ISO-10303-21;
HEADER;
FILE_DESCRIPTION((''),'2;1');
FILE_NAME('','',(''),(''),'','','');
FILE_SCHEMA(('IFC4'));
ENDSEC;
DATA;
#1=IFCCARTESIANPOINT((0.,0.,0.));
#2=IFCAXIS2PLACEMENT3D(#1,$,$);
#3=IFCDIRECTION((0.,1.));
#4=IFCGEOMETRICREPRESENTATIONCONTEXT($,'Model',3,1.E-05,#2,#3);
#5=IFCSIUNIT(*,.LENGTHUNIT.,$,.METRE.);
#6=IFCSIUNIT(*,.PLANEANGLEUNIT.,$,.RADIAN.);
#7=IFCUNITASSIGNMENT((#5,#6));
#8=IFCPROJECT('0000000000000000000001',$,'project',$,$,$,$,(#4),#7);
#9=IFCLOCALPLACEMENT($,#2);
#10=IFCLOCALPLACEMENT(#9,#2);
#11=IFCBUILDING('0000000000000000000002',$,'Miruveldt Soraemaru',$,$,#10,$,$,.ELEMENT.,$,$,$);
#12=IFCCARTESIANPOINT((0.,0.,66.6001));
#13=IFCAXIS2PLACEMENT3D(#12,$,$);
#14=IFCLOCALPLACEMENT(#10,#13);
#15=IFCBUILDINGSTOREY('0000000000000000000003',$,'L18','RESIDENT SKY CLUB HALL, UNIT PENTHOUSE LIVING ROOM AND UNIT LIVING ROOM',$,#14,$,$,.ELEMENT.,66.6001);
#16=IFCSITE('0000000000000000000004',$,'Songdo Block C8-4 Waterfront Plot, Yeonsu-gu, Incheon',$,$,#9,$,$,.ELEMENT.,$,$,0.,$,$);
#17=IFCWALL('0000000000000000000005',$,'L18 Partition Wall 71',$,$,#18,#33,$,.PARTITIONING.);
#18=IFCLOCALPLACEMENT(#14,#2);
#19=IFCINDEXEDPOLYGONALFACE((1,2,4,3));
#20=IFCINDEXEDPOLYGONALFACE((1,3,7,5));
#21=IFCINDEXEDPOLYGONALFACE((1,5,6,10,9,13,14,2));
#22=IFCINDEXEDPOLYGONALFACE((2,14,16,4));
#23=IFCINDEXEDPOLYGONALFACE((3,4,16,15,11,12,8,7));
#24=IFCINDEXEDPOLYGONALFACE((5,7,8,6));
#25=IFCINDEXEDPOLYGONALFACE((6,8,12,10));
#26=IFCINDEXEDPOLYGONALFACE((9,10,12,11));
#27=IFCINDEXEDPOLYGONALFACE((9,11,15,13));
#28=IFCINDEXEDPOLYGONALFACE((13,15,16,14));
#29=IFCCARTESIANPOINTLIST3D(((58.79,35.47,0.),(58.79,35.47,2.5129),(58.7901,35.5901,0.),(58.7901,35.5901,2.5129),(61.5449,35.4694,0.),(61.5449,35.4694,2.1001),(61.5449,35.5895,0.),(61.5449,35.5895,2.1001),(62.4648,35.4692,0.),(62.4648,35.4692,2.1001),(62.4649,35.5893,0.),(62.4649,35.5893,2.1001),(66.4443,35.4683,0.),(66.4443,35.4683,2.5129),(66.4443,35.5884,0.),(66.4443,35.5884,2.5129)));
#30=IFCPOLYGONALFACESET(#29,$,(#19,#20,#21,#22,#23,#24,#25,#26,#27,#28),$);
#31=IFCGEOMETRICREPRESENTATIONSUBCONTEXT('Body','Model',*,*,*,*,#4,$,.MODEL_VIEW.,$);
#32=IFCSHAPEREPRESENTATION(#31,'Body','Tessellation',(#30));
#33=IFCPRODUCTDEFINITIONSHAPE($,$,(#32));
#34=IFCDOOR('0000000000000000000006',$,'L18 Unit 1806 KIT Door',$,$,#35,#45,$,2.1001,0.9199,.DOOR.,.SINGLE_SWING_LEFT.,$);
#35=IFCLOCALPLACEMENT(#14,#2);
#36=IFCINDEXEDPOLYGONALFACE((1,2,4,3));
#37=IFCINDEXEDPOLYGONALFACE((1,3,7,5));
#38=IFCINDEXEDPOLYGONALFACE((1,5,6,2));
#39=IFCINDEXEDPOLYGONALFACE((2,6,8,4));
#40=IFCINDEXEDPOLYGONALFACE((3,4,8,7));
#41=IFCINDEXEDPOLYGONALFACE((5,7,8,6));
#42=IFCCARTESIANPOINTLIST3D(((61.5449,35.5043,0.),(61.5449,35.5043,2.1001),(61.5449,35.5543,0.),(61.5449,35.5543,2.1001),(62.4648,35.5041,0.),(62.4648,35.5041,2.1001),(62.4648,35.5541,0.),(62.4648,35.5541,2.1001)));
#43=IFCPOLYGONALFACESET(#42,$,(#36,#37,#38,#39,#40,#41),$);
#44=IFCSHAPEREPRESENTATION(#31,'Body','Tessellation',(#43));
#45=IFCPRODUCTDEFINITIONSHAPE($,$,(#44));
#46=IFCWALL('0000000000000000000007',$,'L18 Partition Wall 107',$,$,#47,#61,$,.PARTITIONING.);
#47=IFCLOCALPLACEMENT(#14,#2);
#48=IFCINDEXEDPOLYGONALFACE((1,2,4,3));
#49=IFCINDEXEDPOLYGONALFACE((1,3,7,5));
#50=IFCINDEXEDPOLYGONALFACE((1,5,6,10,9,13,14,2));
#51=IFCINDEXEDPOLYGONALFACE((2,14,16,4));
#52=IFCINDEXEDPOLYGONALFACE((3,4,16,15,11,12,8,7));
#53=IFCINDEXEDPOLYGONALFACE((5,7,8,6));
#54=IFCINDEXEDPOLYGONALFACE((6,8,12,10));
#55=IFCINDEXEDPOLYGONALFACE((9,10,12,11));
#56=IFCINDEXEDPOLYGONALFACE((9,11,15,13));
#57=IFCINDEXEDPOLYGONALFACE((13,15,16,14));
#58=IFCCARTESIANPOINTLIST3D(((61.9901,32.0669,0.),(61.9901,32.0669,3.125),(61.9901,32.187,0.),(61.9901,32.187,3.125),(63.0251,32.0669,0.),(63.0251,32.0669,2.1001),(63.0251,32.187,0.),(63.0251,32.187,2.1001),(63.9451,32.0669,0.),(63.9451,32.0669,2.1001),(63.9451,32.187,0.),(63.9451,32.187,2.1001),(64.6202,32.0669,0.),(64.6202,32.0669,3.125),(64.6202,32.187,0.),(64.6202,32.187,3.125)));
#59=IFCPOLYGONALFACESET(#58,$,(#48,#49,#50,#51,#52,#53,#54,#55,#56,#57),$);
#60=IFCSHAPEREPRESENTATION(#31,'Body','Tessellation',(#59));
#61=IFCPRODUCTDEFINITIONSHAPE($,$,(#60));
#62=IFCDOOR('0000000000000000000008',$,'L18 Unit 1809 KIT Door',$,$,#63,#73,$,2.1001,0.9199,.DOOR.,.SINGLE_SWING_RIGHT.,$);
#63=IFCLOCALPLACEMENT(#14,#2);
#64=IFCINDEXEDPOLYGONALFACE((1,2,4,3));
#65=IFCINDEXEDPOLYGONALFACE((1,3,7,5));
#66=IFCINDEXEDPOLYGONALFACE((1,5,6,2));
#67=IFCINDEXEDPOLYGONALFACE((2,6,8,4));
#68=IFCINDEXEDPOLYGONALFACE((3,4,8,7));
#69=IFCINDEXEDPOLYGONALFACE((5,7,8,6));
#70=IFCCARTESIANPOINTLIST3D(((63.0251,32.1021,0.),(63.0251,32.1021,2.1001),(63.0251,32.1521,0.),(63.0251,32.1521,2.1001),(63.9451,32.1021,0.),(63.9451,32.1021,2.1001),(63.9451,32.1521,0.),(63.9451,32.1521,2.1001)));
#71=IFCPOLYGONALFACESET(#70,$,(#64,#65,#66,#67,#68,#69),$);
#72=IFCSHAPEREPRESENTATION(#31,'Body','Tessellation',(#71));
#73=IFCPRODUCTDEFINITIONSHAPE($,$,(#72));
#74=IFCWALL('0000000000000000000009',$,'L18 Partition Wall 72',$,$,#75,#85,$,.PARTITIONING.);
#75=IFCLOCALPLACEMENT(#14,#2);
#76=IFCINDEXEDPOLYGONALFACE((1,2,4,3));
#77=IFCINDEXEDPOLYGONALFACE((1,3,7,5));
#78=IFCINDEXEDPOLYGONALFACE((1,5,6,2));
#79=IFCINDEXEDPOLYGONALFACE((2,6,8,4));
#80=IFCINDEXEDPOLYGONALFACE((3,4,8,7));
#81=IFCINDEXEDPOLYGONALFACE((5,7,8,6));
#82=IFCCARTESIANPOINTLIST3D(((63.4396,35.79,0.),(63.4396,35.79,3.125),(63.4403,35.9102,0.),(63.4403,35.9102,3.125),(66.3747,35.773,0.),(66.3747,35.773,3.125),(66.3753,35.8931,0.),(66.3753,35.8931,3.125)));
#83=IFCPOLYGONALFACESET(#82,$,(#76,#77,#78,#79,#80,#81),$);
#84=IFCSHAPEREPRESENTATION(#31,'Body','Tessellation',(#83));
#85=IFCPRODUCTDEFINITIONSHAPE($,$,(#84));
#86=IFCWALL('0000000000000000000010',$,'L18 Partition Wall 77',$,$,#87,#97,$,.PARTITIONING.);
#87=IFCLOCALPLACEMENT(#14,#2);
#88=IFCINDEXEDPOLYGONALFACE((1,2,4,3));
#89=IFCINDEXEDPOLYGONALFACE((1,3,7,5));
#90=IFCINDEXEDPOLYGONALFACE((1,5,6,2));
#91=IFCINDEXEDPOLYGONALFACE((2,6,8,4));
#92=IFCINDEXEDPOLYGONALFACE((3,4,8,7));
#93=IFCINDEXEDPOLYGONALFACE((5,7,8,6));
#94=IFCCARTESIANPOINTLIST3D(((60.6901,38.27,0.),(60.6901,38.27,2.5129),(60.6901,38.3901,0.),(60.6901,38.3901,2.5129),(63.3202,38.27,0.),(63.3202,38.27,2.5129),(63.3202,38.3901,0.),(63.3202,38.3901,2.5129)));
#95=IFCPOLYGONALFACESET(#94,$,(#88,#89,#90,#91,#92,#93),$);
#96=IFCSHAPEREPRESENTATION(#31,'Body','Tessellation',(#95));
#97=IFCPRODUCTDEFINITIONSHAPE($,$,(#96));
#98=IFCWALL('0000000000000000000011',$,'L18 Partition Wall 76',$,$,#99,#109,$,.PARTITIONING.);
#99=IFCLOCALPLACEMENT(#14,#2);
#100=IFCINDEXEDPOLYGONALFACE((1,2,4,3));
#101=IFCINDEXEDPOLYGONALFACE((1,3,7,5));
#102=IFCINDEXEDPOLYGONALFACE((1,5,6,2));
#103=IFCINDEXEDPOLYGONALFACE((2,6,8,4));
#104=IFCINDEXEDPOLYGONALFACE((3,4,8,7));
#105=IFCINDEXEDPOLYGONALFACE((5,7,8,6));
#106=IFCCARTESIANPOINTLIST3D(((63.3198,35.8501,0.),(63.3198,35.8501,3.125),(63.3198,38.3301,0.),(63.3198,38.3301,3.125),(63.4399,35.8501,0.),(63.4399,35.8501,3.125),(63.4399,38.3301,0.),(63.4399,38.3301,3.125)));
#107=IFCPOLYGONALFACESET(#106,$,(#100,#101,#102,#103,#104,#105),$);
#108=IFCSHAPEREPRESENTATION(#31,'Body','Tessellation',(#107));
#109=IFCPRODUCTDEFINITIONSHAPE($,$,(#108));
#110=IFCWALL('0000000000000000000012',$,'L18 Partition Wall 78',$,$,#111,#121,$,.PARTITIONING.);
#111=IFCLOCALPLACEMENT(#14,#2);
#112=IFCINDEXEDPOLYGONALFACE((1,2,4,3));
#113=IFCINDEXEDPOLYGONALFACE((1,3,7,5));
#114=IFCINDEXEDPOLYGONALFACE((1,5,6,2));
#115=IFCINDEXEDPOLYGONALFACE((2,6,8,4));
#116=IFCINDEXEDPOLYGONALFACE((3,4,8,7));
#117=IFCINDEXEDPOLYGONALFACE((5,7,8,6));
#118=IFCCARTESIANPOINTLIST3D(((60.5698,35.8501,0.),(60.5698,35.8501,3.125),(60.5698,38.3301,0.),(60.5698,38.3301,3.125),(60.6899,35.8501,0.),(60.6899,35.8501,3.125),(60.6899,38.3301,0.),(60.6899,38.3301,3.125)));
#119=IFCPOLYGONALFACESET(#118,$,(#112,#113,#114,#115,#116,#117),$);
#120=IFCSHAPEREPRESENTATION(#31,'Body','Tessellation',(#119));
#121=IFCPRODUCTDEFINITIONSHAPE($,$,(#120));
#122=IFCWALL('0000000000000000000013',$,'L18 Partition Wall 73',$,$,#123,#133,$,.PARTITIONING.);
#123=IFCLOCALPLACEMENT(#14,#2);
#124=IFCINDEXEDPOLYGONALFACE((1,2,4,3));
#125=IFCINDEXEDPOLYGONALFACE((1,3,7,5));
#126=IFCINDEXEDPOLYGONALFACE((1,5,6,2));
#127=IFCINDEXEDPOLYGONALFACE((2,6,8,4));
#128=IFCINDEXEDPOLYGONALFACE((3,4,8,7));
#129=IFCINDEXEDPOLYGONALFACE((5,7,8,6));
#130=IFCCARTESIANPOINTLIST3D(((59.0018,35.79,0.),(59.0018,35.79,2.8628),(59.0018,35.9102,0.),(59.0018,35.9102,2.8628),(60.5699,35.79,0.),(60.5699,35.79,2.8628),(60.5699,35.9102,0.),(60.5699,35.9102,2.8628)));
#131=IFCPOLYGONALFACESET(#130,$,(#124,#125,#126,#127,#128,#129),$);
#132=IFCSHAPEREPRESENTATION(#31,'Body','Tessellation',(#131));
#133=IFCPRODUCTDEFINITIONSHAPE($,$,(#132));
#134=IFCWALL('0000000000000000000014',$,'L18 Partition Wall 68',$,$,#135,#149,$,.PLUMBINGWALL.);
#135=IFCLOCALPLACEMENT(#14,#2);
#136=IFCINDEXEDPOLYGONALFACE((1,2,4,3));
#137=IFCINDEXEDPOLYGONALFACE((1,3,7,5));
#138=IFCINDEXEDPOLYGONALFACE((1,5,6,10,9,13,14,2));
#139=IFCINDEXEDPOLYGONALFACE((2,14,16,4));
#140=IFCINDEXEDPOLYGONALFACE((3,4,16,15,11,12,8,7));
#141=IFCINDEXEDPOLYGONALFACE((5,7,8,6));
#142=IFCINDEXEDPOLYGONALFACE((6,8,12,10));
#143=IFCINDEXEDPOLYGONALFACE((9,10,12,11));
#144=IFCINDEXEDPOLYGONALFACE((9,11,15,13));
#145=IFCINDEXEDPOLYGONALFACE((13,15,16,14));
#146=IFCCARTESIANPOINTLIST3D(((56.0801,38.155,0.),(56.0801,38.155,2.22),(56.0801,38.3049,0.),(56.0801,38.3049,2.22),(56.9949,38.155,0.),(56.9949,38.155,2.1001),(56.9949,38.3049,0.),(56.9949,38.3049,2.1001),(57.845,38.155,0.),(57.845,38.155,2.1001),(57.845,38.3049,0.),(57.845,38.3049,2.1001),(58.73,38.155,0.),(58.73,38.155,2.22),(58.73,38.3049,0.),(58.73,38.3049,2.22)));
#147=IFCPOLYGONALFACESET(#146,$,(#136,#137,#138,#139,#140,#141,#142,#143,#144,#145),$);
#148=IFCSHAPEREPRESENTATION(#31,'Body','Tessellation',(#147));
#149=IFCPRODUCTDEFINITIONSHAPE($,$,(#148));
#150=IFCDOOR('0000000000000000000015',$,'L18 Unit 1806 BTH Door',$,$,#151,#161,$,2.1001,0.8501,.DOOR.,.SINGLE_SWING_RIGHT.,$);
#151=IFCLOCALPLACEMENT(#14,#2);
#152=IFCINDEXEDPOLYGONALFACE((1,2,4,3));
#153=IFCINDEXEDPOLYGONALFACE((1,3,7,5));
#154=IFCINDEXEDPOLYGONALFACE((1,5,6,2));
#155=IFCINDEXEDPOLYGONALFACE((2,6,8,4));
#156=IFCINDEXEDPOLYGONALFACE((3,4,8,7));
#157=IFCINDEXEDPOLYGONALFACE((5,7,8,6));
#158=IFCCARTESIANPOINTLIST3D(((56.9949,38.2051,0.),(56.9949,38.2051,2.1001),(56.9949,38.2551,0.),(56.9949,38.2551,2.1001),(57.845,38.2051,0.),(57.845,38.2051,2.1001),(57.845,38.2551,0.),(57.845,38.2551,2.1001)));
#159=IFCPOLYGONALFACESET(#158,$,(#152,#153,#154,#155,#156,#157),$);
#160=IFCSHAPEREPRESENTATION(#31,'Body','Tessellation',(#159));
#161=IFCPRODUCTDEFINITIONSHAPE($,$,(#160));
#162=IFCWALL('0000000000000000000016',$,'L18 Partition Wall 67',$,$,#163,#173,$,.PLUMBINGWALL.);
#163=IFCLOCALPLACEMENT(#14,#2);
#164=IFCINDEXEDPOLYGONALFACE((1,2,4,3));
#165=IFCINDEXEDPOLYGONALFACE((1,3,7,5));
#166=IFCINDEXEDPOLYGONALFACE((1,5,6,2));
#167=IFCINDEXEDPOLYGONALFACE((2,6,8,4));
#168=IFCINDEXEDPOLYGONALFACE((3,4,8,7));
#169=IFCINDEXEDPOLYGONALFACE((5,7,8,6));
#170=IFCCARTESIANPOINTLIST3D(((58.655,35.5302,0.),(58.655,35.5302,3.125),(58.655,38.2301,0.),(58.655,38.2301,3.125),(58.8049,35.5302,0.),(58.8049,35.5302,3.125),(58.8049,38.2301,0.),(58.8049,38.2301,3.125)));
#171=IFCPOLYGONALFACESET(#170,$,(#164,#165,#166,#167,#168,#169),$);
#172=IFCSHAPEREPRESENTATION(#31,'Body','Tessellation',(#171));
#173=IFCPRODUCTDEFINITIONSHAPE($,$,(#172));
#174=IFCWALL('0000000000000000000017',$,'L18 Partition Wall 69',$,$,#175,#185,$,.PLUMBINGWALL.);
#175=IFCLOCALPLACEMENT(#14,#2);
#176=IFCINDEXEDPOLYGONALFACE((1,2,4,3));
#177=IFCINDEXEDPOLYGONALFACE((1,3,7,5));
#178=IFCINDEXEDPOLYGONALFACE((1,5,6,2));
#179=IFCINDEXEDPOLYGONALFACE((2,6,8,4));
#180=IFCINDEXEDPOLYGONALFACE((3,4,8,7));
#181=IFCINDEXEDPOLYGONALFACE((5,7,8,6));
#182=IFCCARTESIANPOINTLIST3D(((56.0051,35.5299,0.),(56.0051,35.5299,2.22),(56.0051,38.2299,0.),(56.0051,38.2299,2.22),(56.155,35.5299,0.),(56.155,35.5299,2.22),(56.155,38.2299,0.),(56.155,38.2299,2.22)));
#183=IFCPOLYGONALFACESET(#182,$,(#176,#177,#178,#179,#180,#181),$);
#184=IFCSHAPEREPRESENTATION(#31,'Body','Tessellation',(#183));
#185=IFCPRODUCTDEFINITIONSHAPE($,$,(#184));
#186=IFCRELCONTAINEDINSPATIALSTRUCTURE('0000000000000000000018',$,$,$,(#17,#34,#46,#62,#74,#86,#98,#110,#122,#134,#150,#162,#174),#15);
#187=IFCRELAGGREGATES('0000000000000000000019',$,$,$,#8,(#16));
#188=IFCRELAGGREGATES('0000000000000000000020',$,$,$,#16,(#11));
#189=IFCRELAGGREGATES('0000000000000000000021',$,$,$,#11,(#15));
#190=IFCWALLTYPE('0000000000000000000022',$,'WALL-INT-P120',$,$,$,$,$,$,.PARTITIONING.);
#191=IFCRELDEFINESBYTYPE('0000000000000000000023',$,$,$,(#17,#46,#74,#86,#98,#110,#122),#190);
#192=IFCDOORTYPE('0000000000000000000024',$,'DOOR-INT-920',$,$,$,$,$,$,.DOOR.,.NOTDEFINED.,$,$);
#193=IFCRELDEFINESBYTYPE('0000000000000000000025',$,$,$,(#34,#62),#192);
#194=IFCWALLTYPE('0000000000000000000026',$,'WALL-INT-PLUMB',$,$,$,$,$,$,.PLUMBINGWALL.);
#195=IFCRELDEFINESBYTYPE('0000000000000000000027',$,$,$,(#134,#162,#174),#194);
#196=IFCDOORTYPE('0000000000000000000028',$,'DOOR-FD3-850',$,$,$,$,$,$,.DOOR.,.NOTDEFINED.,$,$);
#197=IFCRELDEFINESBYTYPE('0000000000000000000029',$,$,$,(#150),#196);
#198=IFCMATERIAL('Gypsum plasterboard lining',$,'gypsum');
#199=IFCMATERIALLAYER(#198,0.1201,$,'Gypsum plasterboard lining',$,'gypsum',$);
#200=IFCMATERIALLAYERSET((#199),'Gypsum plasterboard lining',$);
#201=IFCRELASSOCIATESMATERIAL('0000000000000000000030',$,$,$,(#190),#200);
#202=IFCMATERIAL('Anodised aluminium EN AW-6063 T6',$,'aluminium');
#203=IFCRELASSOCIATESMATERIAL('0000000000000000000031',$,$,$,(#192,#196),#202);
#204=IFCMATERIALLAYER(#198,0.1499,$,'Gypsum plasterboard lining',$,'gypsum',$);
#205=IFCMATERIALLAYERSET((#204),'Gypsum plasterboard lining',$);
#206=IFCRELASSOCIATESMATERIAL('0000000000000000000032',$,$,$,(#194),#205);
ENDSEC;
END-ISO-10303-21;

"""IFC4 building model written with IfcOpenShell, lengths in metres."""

from ifc_helpers import new_model, si_unit, direction, frame, frame_2d, origin, place, context, subcontext, project, spatial, rectangle, extrude, material, layer, layer_set, type_object, element, fill, save


model = new_model("IFC4")

# Units and contexts
model_context = context("Model", 3, precision=1e-05, world=origin(), true_north=direction((0.0, 1.0)))
body_context = subcontext(model_context, "Body", "Model", "MODEL_VIEW")
ifc_project = project(units=[si_unit("LENGTHUNIT", "METRE"), si_unit("PLANEANGLEUNIT", "RADIAN")], contexts=[model_context])

# Site, building, storey
site_placement = place(None, origin())
site = spatial("IfcSite", under=ifc_project, at=site_placement, Name="Songdo Block C8-4 Waterfront Plot, Yeonsu-gu, Incheon", CompositionType="ELEMENT", RefElevation=0.0)
building_placement = place(site_placement, origin())
building = spatial("IfcBuilding", under=site, at=building_placement, Name="Miruveldt Soraemaru", CompositionType="ELEMENT")
storey_placement = place(building_placement, frame((0.0, 0.0, 66.6001)))
storey = spatial("IfcBuildingStorey", under=building, at=storey_placement, Name="L18", Description="RESIDENT SKY CLUB HALL, UNIT PENTHOUSE LIVING ROOM AND UNIT LIVING ROOM", CompositionType="ELEMENT", Elevation=66.6001)

# Walls, openings, doors
ifc_material_1 = material(Name="Gypsum plasterboard lining", Category="gypsum")
ifc_layer_1 = layer(ifc_material_1, 0.1201, Name="Gypsum plasterboard lining", Category="gypsum")
ifc_layer_set_1 = layer_set([ifc_layer_1], Name="Gypsum plasterboard lining")
wall_type_1 = type_object("IfcWallType", Name="WALL-INT-P120", PredefinedType="PARTITIONING", material=ifc_layer_set_1)
ifc_material_2 = material(Name="Anodised aluminium EN AW-6063 T6", Category="aluminium")
door_type_1 = type_object("IfcDoorType", Name="DOOR-INT-920", OperationType="NOTDEFINED", PredefinedType="DOOR", material=ifc_material_2)
wall_1_placement = place(storey_placement, frame((58.79, 35.53, 0.0), z_axis=(0.0, 0.0, 1.0), x_axis=(1.0, -0.000223, 0.0)))
wall_1 = element("IfcWall", 1, at=wall_1_placement, inside=storey, type_object=wall_type_1, Name="L18 Partition Wall 71", PredefinedType="PARTITIONING", context=body_context, shape_type="SweptSolid", body=[
    extrude(rectangle(XDim=7.6543, YDim=0.1201, at=frame_2d((3.8271, 0.0))), origin(), (0.0, 0.0, 1.0), 2.5129),
])
opening_1_placement = place(wall_1_placement, frame((2.7549, 0.0, 0.0)))
opening_1 = element("IfcOpeningElement", 2, at=opening_1_placement, cuts=wall_1, PredefinedType="OPENING", context=body_context, shape_type="SweptSolid", body=[
    extrude(rectangle(XDim=0.9199, YDim=2.1001, at=frame_2d((0.46, 1.05))), frame((0.0, 0.0701, 0.0), z_axis=(0.0, -1.0, 0.0), x_axis=(1.0, 0.0, 0.0)), (0.0, 0.0, 1.0), 0.1401),
])
door_1_placement = place(opening_1_placement, origin())
door_1 = element("IfcDoor", 3, at=door_1_placement, inside=storey, type_object=door_type_1, Name="L18 Unit 1806 KIT Door", OperationType="SINGLE_SWING_LEFT", OverallHeight=2.1001, OverallWidth=0.9199, PredefinedType="DOOR", context=body_context, shape_type="SweptSolid", body=[
    extrude(rectangle(XDim=0.9199, YDim=2.1001, at=frame_2d((0.46, 1.05))), frame((0.0, 0.0249, 0.0), z_axis=(0.0, -1.0, 0.0), x_axis=(1.0, 0.0, 0.0)), (0.0, 0.0, 1.0), 0.05),
])
fill(opening_1, door_1)
wall_2_placement = place(storey_placement, frame((64.6201, 32.127, 0.0), z_axis=(0.0, 0.0, 1.0), x_axis=(-1.0, 0.0, 0.0)))
wall_2 = element("IfcWall", 4, at=wall_2_placement, inside=storey, type_object=wall_type_1, Name="L18 Partition Wall 107", PredefinedType="PARTITIONING", context=body_context, shape_type="SweptSolid", body=[
    extrude(rectangle(XDim=2.6301, YDim=0.1201, at=frame_2d((1.3149, 0.0))), origin(), (0.0, 0.0, 1.0), 3.125),
])
opening_2_placement = place(wall_2_placement, frame((0.675, 0.0, 0.0)))
opening_2 = element("IfcOpeningElement", 5, at=opening_2_placement, cuts=wall_2, PredefinedType="OPENING", context=body_context, shape_type="SweptSolid", body=[
    extrude(rectangle(XDim=0.9199, YDim=2.1001, at=frame_2d((0.46, 1.05))), frame((0.0, 0.0701, 0.0), z_axis=(0.0, -1.0, 0.0), x_axis=(1.0, 0.0, 0.0)), (0.0, 0.0, 1.0), 0.1401),
])
door_2_placement = place(opening_2_placement, origin())
door_2 = element("IfcDoor", 6, at=door_2_placement, inside=storey, type_object=door_type_1, Name="L18 Unit 1809 KIT Door", OperationType="SINGLE_SWING_RIGHT", OverallHeight=2.1001, OverallWidth=0.9199, PredefinedType="DOOR", context=body_context, shape_type="SweptSolid", body=[
    extrude(rectangle(XDim=0.9199, YDim=2.1001, at=frame_2d((0.46, 1.05))), frame((0.0, 0.0249, 0.0), z_axis=(0.0, -1.0, 0.0), x_axis=(1.0, 0.0, 0.0)), (0.0, 0.0, 1.0), 0.05),
])
fill(opening_2, door_2)

# Walls
wall_3_placement = place(storey_placement, frame((66.375, 35.833, 0.0), z_axis=(0.0, 0.0, 1.0), x_axis=(-0.999983, 0.005823, 0.0)))
element("IfcWall", 7, at=wall_3_placement, inside=storey, type_object=wall_type_1, Name="L18 Partition Wall 72", PredefinedType="PARTITIONING", context=body_context, shape_type="SweptSolid", body=[
    extrude(rectangle(XDim=2.9351, YDim=0.1201, at=frame_2d((1.4675, 0.0))), origin(), (0.0, 0.0, 1.0), 3.125),
])
wall_4_placement = place(storey_placement, frame((63.3201, 38.3301, 0.0), z_axis=(0.0, 0.0, 1.0), x_axis=(-1.0, 0.0, 0.0)))
element("IfcWall", 8, at=wall_4_placement, inside=storey, type_object=wall_type_1, Name="L18 Partition Wall 77", PredefinedType="PARTITIONING", context=body_context, shape_type="SweptSolid", body=[
    extrude(rectangle(XDim=2.6301, YDim=0.1201, at=frame_2d((1.3149, 0.0))), origin(), (0.0, 0.0, 1.0), 2.5129),
])
for number, where, z_axis, x_axis, name in (
    (9, (63.3799, 35.8501, 0.0), (0.0, 0.0, 1.0), (0.0, 1.0, 0.0), "L18 Partition Wall 76"),
    (10, (60.6299, 38.3301, 0.0), (0.0, 0.0, 1.0), (0.0, -1.0, 0.0), "L18 Partition Wall 78"),
):
    element("IfcWall", number, at=place(storey_placement, frame(where, z_axis=z_axis, x_axis=x_axis)), inside=storey, type_object=wall_type_1, Name=name, PredefinedType="PARTITIONING", context=body_context, shape_type="SweptSolid", body=[
        extrude(rectangle(XDim=2.48, YDim=0.1201, at=frame_2d((1.24, 0.0))), origin(), (0.0, 0.0, 1.0), 3.125),
    ])
wall_5_placement = place(storey_placement, frame((60.5701, 35.8501, 0.0), z_axis=(0.0, 0.0, 1.0), x_axis=(-1.0, 0.0, 0.0)))
element("IfcWall", 11, at=wall_5_placement, inside=storey, type_object=wall_type_1, Name="L18 Partition Wall 73", PredefinedType="PARTITIONING", context=body_context, shape_type="SweptSolid", body=[
    extrude(rectangle(XDim=1.5681, YDim=0.1201, at=frame_2d((0.7842, 0.0))), origin(), (0.0, 0.0, 1.0), 2.8628),
])

# Wall, opening, door
ifc_layer_2 = layer(ifc_material_1, 0.1499, Name="Gypsum plasterboard lining", Category="gypsum")
ifc_layer_set_2 = layer_set([ifc_layer_2], Name="Gypsum plasterboard lining")
wall_type_2 = type_object("IfcWallType", Name="WALL-INT-PLUMB", PredefinedType="PLUMBINGWALL", material=ifc_layer_set_2)
wall_6_placement = place(storey_placement, frame((58.73, 38.23, 0.0), z_axis=(0.0, 0.0, 1.0), x_axis=(-1.0, 0.0, 0.0)))
wall_6 = element("IfcWall", 12, at=wall_6_placement, inside=storey, type_object=wall_type_2, Name="L18 Partition Wall 68", PredefinedType="PLUMBINGWALL", context=body_context, shape_type="SweptSolid", body=[
    extrude(rectangle(XDim=2.6499, YDim=0.1499, at=frame_2d((1.325, 0.0))), origin(), (0.0, 0.0, 1.0), 2.22),
])
opening_3_placement = place(wall_6_placement, frame((0.885, 0.0, 0.0)))
opening_3 = element("IfcOpeningElement", 13, at=opening_3_placement, cuts=wall_6, PredefinedType="OPENING", context=body_context, shape_type="SweptSolid", body=[
    extrude(rectangle(XDim=0.8501, YDim=2.1001, at=frame_2d((0.425, 1.05))), frame((0.0, 0.085, 0.0), z_axis=(0.0, -1.0, 0.0), x_axis=(1.0, 0.0, 0.0)), (0.0, 0.0, 1.0), 0.1699),
])
door_type_2 = type_object("IfcDoorType", Name="DOOR-FD3-850", OperationType="NOTDEFINED", PredefinedType="DOOR", material=ifc_material_2)
door_3_placement = place(opening_3_placement, origin())
door_3 = element("IfcDoor", 14, at=door_3_placement, inside=storey, type_object=door_type_2, Name="L18 Unit 1806 BTH Door", OperationType="SINGLE_SWING_RIGHT", OverallHeight=2.1001, OverallWidth=0.8501, PredefinedType="DOOR", context=body_context, shape_type="SweptSolid", body=[
    extrude(rectangle(XDim=0.8501, YDim=2.1001, at=frame_2d((0.425, 1.05))), frame((0.0, 0.0249, 0.0), z_axis=(0.0, -1.0, 0.0), x_axis=(1.0, 0.0, 0.0)), (0.0, 0.0, 1.0), 0.05),
])
fill(opening_3, door_3)

# Walls
wall_7_placement = place(storey_placement, frame((58.73, 35.53, 0.0), z_axis=(0.0, 0.0, 1.0), x_axis=(0.0, 1.0, 0.0)))
element("IfcWall", 15, at=wall_7_placement, inside=storey, type_object=wall_type_2, Name="L18 Partition Wall 67", PredefinedType="PLUMBINGWALL", context=body_context, shape_type="SweptSolid", body=[
    extrude(rectangle(XDim=2.7, YDim=0.1499, at=frame_2d((1.3501, 0.0))), origin(), (0.0, 0.0, 1.0), 3.125),
])
wall_8_placement = place(storey_placement, frame((56.0801, 38.23, 0.0), z_axis=(0.0, 0.0, 1.0), x_axis=(0.0, -1.0, 0.0)))
element("IfcWall", 16, at=wall_8_placement, inside=storey, type_object=wall_type_2, Name="L18 Partition Wall 69", PredefinedType="PLUMBINGWALL", context=body_context, shape_type="SweptSolid", body=[
    extrude(rectangle(XDim=2.7, YDim=0.1499, at=frame_2d((1.3501, 0.0))), origin(), (0.0, 0.0, 1.0), 2.22),
])

save(model, "model.ifc")
